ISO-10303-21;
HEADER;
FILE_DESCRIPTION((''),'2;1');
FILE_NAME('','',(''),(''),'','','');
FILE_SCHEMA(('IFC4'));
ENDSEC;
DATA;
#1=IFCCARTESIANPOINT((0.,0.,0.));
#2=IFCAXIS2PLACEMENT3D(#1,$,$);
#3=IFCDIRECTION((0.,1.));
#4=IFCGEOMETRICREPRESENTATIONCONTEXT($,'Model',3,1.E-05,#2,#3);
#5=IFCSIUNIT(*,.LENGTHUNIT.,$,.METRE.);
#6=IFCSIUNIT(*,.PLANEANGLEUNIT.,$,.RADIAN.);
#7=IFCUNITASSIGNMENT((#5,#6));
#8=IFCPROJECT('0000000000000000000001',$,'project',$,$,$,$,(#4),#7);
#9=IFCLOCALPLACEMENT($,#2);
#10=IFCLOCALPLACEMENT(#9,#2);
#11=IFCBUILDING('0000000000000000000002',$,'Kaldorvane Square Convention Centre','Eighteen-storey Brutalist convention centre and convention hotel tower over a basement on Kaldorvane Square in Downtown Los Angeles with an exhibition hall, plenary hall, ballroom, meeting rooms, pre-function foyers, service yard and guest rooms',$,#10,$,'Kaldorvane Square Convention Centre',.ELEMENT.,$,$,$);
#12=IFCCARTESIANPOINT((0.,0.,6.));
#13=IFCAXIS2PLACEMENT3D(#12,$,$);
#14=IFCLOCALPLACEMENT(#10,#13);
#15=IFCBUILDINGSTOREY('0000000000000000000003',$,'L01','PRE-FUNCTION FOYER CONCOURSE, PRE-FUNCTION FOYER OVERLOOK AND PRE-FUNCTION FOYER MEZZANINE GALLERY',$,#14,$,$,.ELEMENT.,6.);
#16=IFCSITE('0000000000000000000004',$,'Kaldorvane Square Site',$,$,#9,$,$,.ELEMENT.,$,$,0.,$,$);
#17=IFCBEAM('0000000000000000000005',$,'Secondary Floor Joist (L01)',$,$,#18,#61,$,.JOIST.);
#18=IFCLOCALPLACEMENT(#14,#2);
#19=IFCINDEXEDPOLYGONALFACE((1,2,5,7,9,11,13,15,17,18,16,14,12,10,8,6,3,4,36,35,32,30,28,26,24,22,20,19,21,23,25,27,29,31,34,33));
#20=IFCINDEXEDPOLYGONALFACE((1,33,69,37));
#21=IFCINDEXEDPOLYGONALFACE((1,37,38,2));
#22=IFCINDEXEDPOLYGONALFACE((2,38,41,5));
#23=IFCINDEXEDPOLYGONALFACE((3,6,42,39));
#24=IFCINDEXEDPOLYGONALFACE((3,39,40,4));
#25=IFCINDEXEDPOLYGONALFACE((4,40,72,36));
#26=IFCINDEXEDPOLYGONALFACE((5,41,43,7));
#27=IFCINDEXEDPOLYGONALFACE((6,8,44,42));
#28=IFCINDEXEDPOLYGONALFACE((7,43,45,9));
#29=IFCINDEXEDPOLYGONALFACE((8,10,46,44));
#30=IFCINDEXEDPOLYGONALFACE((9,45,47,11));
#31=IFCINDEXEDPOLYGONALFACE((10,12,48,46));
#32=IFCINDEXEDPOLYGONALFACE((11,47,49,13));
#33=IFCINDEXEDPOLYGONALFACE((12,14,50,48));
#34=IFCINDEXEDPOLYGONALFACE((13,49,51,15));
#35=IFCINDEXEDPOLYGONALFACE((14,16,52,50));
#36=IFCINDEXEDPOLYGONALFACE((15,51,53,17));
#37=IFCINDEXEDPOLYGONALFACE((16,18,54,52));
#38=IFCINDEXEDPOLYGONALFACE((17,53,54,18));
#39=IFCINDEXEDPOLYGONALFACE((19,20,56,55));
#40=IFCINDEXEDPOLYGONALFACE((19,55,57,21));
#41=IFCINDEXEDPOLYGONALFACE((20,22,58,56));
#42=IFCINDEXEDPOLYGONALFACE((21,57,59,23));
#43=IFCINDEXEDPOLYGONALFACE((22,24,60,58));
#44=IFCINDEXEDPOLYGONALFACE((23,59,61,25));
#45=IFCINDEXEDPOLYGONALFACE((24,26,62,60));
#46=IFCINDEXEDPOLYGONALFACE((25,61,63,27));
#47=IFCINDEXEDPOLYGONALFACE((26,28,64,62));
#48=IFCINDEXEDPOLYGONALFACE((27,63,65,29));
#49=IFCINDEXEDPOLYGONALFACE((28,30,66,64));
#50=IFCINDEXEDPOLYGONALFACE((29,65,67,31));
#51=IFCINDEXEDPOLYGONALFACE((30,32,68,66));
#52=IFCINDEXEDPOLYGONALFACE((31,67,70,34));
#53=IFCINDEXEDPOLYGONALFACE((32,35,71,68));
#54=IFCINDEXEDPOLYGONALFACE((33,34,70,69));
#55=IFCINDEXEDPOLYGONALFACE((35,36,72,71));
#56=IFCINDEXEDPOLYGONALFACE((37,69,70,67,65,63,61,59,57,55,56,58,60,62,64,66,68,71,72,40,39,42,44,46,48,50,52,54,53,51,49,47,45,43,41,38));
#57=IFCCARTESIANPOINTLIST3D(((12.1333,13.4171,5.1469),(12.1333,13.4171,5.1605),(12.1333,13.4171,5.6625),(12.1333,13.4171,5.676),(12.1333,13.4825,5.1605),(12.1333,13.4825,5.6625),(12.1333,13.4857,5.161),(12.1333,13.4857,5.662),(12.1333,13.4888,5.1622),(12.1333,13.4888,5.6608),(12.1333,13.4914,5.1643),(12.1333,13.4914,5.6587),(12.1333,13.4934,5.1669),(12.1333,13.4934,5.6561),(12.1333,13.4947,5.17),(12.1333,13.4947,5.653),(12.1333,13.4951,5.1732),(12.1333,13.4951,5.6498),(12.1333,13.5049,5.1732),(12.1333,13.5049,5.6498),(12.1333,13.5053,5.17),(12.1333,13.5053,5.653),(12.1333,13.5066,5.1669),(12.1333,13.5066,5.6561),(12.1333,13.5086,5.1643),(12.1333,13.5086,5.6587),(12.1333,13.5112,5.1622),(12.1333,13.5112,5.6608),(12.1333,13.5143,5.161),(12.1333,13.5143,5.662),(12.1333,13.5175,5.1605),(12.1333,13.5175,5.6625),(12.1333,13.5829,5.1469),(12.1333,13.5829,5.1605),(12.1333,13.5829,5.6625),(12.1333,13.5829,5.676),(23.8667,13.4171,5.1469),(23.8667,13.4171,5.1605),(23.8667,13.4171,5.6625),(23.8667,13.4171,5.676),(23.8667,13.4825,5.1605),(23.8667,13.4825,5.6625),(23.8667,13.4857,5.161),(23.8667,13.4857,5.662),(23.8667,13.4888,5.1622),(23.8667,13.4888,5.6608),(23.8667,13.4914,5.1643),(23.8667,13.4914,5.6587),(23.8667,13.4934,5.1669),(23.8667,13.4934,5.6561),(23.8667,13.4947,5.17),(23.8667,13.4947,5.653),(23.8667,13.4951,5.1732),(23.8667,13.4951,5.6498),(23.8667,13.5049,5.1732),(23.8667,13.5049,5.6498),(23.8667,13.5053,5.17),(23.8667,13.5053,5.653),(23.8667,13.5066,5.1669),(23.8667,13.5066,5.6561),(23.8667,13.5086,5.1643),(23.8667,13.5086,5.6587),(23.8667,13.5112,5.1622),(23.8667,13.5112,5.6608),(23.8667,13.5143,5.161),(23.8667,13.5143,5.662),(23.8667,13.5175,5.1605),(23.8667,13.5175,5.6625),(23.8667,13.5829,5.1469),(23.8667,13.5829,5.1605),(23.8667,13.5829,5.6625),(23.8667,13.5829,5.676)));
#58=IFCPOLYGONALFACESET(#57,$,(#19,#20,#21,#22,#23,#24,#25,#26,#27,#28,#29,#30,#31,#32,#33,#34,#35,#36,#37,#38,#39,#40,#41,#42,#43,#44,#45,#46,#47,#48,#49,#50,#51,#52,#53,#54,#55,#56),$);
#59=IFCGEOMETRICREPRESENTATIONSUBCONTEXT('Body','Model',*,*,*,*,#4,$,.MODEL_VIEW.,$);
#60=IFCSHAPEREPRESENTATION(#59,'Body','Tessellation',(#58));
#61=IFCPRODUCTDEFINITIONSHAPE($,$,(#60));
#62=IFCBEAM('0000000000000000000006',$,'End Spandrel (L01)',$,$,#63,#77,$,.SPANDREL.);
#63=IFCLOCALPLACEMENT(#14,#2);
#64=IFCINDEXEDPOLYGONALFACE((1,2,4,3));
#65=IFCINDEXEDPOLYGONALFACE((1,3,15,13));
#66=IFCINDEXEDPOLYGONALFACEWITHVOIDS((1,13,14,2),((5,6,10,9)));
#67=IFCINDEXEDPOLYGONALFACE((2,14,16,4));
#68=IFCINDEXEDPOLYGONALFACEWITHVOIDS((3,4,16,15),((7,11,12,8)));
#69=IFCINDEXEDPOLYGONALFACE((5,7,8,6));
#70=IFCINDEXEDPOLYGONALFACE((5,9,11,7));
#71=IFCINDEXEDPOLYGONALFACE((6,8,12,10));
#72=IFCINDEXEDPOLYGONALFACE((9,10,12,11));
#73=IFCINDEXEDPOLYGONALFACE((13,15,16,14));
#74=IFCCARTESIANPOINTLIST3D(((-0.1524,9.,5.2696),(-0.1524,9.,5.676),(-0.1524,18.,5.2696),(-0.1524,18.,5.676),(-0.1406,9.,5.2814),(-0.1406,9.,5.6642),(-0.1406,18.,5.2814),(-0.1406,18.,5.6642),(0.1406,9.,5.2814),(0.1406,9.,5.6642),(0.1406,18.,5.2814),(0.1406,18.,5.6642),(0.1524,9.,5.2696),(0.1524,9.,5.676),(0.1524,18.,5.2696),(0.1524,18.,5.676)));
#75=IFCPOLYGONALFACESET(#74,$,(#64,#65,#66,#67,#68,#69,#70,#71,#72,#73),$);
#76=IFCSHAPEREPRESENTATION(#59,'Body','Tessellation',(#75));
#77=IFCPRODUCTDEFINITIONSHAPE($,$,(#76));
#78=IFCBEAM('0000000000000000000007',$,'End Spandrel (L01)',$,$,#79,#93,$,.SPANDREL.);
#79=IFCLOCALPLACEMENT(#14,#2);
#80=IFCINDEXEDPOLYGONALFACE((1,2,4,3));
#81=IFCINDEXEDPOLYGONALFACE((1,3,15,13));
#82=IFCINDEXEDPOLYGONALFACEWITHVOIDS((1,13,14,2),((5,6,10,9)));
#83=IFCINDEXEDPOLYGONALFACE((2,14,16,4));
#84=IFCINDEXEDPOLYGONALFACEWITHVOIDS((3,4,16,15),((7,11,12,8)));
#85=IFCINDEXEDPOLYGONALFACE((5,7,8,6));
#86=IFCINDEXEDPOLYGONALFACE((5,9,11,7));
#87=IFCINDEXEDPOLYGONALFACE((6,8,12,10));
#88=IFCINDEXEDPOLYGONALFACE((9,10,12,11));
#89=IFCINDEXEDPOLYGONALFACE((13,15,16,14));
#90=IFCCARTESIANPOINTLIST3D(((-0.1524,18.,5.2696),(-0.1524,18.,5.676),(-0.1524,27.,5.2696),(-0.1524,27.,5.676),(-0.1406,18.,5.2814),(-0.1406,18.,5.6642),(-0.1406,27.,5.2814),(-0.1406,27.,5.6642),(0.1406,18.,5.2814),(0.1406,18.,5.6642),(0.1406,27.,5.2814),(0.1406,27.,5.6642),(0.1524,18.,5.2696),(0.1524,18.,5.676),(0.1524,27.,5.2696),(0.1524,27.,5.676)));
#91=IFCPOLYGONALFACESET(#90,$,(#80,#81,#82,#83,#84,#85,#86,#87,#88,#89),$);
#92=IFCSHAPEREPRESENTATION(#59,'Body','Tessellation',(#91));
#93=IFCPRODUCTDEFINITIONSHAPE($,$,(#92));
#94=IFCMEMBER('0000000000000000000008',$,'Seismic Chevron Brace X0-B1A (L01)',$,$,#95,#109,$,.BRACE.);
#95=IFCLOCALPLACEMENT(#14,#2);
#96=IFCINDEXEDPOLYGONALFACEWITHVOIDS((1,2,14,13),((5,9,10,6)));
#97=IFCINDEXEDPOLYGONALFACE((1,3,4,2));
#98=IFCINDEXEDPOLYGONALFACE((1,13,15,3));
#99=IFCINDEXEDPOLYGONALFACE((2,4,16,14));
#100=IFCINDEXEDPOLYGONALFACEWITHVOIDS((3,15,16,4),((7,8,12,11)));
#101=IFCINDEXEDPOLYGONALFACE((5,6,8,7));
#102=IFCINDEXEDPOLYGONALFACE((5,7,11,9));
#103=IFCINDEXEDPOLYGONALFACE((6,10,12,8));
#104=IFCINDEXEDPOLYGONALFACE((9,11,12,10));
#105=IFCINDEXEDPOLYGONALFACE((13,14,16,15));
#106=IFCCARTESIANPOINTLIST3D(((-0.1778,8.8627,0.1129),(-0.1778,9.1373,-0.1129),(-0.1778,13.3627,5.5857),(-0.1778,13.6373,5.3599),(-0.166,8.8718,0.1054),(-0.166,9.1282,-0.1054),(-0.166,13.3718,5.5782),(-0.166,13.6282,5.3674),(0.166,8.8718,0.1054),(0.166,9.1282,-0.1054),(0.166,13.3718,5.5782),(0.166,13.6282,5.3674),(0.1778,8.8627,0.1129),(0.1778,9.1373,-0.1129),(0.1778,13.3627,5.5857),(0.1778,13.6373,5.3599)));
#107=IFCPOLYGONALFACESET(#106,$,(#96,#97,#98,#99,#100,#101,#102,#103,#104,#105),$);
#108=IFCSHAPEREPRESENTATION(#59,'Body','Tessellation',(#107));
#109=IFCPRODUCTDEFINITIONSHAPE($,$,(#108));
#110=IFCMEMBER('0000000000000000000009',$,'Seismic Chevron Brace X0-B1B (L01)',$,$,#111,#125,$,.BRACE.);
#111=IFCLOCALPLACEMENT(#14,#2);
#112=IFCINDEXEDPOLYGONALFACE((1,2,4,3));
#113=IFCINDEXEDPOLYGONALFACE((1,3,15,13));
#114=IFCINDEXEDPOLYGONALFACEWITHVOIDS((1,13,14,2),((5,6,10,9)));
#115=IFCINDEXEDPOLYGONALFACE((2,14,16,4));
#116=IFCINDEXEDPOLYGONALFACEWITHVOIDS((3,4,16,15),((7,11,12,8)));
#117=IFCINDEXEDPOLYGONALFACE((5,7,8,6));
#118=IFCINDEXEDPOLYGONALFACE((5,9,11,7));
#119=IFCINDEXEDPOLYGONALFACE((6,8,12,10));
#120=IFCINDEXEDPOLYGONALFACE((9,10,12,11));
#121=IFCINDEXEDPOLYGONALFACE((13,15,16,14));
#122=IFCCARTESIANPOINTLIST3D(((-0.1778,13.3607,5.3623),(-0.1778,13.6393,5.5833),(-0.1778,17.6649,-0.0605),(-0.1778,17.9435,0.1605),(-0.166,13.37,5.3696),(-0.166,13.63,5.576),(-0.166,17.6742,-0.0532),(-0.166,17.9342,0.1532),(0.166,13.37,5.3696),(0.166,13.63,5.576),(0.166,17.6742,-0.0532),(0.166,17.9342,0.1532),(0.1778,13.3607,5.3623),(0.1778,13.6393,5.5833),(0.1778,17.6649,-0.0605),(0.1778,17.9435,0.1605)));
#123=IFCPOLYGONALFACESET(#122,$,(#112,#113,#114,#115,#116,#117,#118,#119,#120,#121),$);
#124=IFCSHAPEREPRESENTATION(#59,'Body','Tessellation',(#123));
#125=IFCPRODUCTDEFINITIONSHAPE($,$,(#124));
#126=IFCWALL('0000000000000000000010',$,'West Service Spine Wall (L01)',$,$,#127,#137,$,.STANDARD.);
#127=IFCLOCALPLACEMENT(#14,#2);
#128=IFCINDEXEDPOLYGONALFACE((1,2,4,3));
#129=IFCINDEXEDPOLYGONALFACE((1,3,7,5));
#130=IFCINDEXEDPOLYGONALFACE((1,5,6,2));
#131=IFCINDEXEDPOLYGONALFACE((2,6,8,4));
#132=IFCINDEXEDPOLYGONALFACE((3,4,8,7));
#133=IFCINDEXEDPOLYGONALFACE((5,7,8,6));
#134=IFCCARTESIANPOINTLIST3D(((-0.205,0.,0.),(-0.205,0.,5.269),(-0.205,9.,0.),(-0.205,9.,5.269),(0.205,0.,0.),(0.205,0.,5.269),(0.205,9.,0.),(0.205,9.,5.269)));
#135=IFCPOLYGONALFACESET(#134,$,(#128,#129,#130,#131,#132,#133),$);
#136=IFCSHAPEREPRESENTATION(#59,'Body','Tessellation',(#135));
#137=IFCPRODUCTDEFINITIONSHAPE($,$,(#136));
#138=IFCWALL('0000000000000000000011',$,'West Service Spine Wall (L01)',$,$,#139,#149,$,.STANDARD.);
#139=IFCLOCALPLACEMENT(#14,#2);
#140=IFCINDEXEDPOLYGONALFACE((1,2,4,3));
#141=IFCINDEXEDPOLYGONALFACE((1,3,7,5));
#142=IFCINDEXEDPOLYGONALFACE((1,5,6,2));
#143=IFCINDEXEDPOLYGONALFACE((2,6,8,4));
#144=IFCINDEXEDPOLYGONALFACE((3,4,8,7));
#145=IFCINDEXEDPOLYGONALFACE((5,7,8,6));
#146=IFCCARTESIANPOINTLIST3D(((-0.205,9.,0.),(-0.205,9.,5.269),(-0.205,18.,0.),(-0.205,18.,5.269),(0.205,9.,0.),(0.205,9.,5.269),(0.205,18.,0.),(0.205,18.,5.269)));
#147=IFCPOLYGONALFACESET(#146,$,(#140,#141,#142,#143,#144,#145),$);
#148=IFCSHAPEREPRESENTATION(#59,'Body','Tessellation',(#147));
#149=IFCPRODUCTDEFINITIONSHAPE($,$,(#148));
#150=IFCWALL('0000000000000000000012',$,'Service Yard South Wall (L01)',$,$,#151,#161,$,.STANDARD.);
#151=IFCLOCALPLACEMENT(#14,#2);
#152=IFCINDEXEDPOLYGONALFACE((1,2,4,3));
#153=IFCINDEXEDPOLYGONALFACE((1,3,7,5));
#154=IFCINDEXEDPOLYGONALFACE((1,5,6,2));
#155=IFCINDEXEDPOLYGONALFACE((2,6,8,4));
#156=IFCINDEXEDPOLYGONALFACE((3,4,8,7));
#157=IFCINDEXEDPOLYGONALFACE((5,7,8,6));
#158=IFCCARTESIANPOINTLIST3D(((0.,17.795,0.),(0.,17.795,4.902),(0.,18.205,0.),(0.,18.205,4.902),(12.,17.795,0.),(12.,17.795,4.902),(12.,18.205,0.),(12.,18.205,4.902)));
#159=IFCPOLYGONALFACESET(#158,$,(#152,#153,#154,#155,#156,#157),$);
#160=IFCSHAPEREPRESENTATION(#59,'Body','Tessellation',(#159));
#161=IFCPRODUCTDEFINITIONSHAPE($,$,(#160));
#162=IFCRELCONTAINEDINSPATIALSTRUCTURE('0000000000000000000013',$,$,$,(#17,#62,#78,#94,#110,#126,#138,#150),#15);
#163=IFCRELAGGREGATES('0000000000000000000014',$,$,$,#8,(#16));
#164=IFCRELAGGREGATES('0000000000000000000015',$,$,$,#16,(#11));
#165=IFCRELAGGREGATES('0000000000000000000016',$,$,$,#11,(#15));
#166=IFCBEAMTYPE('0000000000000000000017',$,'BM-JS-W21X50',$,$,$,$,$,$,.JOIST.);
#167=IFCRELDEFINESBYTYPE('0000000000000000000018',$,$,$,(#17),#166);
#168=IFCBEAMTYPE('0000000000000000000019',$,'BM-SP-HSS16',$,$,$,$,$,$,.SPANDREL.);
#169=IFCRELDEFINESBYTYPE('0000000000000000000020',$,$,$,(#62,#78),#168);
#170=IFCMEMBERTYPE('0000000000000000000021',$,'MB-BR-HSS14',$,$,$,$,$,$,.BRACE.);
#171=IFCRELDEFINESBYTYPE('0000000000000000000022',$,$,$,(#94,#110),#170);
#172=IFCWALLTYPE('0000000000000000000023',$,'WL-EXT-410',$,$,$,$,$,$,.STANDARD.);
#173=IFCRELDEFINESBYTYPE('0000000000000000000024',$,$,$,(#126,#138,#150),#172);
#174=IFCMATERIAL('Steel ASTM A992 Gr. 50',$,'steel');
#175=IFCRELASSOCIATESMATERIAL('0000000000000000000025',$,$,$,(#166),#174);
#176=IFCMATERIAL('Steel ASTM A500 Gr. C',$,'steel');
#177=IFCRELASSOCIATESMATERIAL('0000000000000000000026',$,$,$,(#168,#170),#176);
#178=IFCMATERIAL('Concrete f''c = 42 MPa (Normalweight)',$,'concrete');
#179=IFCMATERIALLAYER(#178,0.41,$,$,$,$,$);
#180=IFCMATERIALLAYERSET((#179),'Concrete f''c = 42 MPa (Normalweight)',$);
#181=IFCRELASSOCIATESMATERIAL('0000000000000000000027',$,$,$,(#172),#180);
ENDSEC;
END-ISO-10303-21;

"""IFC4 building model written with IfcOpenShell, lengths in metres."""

from ifc_helpers import new_model, si_unit, direction, frame, frame_2d, origin, origin_2d, place, context, subcontext, project, spatial, rectangle, hollow_rectangle, i_section, extrude, material, layer, layer_set, material_profile, profile_set, type_object, element, save


model = new_model("IFC4")

# Units and contexts
model_context = context("Model", 3, precision=1e-05, world=origin(), true_north=direction((0.0, 1.0)))
body_context = subcontext(model_context, "Body", "Model", "MODEL_VIEW")
ifc_project = project(units=[si_unit("LENGTHUNIT", "METRE"), si_unit("PLANEANGLEUNIT", "RADIAN")], contexts=[model_context])

# Site, building, storey
site_placement = place(None, origin())
site = spatial("IfcSite", under=ifc_project, at=site_placement, Name="Kaldorvane Square Site", CompositionType="ELEMENT", RefElevation=0.0)
building_placement = place(site_placement, origin())
building = spatial("IfcBuilding", under=site, at=building_placement, Name="Kaldorvane Square Convention Centre", Description="Eighteen-storey Brutalist convention centre and convention hotel tower over a basement on Kaldorvane Square in Downtown Los Angeles with an exhibition hall, plenary hall, ballroom, meeting rooms, pre-function foyers, service yard and guest rooms", LongName="Kaldorvane Square Convention Centre", CompositionType="ELEMENT")
storey_placement = place(building_placement, frame((0.0, 0.0, 6.0)))
storey = spatial("IfcBuildingStorey", under=building, at=storey_placement, Name="L01", Description="PRE-FUNCTION FOYER CONCOURSE, PRE-FUNCTION FOYER OVERLOOK AND PRE-FUNCTION FOYER MEZZANINE GALLERY", CompositionType="ELEMENT", Elevation=6.0)

# Shared definitions
ifc_material_1 = material(Name="Steel ASTM A500 Gr. C", Category="steel")
ifc_material_2 = material(Name="Steel ASTM A992 Gr. 50", Category="steel")

# Beams
ifc_material_profile_1 = material_profile(ifc_material_2, i_section(OverallWidth=0.1659, OverallDepth=0.5291, WebThickness=0.0097, FlangeThickness=0.0136, FilletRadius=0.0127, at=origin_2d()), Name="W21X50")
ifc_profile_set_1 = profile_set([ifc_material_profile_1], Name="Steel ASTM A992 Gr. 50")
beam_type_1 = type_object("IfcBeamType", Name="BM-JS-W21X50", PredefinedType="JOIST", material=ifc_profile_set_1)
beam_1_placement = place(storey_placement, frame((12.1333, 13.5, 5.4115), z_axis=(1.0, 0.0, 0.0), x_axis=(0.0, 1.0, 0.0)))
element("IfcBeam", 1, at=beam_1_placement, inside=storey, type_object=beam_type_1, Name="Secondary Floor Joist (L01)", PredefinedType="JOIST", context=body_context, shape_type="SweptSolid", body=[
    extrude(i_section(OverallWidth=0.1659, OverallDepth=0.5291, WebThickness=0.0097, FlangeThickness=0.0136, FilletRadius=0.0127, at=origin_2d()), origin(), (0.0, 0.0, 1.0), 11.7334),
])
ifc_material_profile_2 = material_profile(ifc_material_1, hollow_rectangle(XDim=0.3048, YDim=0.4064, WallThickness=0.0118, at=origin_2d()), Name="HSS16X12X1/2")
ifc_profile_set_2 = profile_set([ifc_material_profile_2], Name="Steel ASTM A500 Gr. C")
beam_type_2 = type_object("IfcBeamType", Name="BM-SP-HSS16", PredefinedType="SPANDREL", material=ifc_profile_set_2)
for number, where, z_axis, x_axis, name in (
    (2, (0.0, 9.0, 5.4728), (0.0, 1.0, 0.0), (-1.0, 0.0, 0.0), "End Spandrel (L01)"),
    (3, (0.0, 18.0, 5.4728), (0.0, 1.0, 0.0), (-1.0, 0.0, 0.0), "End Spandrel (L01)"),
):
    element("IfcBeam", number, at=place(storey_placement, frame(where, z_axis=z_axis, x_axis=x_axis)), inside=storey, type_object=beam_type_2, Name=name, PredefinedType="SPANDREL", context=body_context, shape_type="SweptSolid", body=[
        extrude(hollow_rectangle(XDim=0.3048, YDim=0.4064, WallThickness=0.0118, at=origin_2d()), origin(), (0.0, 0.0, 1.0), 9.0),
    ])

# Members
ifc_material_profile_3 = material_profile(ifc_material_1, hollow_rectangle(XDim=0.3556, YDim=0.3556, WallThickness=0.0118, at=origin_2d()), Name="HSS14X14X1/2")
ifc_profile_set_3 = profile_set([ifc_material_profile_3], Name="Steel ASTM A500 Gr. C")
member_type = type_object("IfcMemberType", Name="MB-BR-HSS14", PredefinedType="BRACE", material=ifc_profile_set_3)
member_1_placement = place(storey_placement, frame((0.0, 9.0, 0.0), z_axis=(0.0, 0.635118, 0.772415), x_axis=(-1.0, 0.0, 0.0)))
element("IfcMember", 4, at=member_1_placement, inside=storey, type_object=member_type, Name="Seismic Chevron Brace X0-B1A (L01)", PredefinedType="BRACE", context=body_context, shape_type="SweptSolid", body=[
    extrude(hollow_rectangle(XDim=0.3556, YDim=0.3556, WallThickness=0.0118, at=origin_2d()), origin(), (0.0, 0.0, 1.0), 7.0853),
])
member_2_placement = place(storey_placement, frame((0.0, 17.8042, 0.05), z_axis=(0.0, -0.621693, 0.783261), x_axis=(1.0, 0.0, 0.0)))
element("IfcMember", 5, at=member_2_placement, inside=storey, type_object=member_type, Name="Seismic Chevron Brace X0-B1B (L01)", PredefinedType="BRACE", context=body_context, shape_type="SweptSolid", body=[
    extrude(hollow_rectangle(XDim=0.3556, YDim=0.3556, WallThickness=0.0118, at=origin_2d()), origin(), (0.0, 0.0, 1.0), 6.9234),
])

# Walls
ifc_material_3 = material(Name="Concrete f'c = 42 MPa (Normalweight)", Category="concrete")
ifc_layer_1 = layer(ifc_material_3, 0.41)
ifc_layer_set_1 = layer_set([ifc_layer_1], Name="Concrete f'c = 42 MPa (Normalweight)")
wall_type_1 = type_object("IfcWallType", Name="WL-EXT-410", PredefinedType="STANDARD", material=ifc_layer_set_1)
for number, where, z_axis, x_axis, name in (
    (6, (0.0, 9.0, 0.0), (0.0, 0.0, 1.0), (0.0, -1.0, 0.0), "West Service Spine Wall (L01)"),
    (7, (0.0, 18.0, 0.0), (0.0, 0.0, 1.0), (0.0, -1.0, 0.0), "West Service Spine Wall (L01)"),
):
    element("IfcWall", number, at=place(storey_placement, frame(where, z_axis=z_axis, x_axis=x_axis)), inside=storey, type_object=wall_type_1, Name=name, PredefinedType="STANDARD", context=body_context, shape_type="SweptSolid", body=[
        extrude(rectangle(XDim=9.0, YDim=0.41, at=frame_2d((4.5, 0.0))), origin(), (0.0, 0.0, 1.0), 5.269),
    ])
wall_1_placement = place(storey_placement, frame((0.0, 18.0, 0.0), z_axis=(0.0, 0.0, 1.0), x_axis=(1.0, 0.0, 0.0)))
element("IfcWall", 8, at=wall_1_placement, inside=storey, type_object=wall_type_1, Name="Service Yard South Wall (L01)", PredefinedType="STANDARD", context=body_context, shape_type="SweptSolid", body=[
    extrude(rectangle(XDim=12.0, YDim=0.41, at=frame_2d((6.0, 0.0))), origin(), (0.0, 0.0, 1.0), 4.902),
])

save(model, "model.ifc")
